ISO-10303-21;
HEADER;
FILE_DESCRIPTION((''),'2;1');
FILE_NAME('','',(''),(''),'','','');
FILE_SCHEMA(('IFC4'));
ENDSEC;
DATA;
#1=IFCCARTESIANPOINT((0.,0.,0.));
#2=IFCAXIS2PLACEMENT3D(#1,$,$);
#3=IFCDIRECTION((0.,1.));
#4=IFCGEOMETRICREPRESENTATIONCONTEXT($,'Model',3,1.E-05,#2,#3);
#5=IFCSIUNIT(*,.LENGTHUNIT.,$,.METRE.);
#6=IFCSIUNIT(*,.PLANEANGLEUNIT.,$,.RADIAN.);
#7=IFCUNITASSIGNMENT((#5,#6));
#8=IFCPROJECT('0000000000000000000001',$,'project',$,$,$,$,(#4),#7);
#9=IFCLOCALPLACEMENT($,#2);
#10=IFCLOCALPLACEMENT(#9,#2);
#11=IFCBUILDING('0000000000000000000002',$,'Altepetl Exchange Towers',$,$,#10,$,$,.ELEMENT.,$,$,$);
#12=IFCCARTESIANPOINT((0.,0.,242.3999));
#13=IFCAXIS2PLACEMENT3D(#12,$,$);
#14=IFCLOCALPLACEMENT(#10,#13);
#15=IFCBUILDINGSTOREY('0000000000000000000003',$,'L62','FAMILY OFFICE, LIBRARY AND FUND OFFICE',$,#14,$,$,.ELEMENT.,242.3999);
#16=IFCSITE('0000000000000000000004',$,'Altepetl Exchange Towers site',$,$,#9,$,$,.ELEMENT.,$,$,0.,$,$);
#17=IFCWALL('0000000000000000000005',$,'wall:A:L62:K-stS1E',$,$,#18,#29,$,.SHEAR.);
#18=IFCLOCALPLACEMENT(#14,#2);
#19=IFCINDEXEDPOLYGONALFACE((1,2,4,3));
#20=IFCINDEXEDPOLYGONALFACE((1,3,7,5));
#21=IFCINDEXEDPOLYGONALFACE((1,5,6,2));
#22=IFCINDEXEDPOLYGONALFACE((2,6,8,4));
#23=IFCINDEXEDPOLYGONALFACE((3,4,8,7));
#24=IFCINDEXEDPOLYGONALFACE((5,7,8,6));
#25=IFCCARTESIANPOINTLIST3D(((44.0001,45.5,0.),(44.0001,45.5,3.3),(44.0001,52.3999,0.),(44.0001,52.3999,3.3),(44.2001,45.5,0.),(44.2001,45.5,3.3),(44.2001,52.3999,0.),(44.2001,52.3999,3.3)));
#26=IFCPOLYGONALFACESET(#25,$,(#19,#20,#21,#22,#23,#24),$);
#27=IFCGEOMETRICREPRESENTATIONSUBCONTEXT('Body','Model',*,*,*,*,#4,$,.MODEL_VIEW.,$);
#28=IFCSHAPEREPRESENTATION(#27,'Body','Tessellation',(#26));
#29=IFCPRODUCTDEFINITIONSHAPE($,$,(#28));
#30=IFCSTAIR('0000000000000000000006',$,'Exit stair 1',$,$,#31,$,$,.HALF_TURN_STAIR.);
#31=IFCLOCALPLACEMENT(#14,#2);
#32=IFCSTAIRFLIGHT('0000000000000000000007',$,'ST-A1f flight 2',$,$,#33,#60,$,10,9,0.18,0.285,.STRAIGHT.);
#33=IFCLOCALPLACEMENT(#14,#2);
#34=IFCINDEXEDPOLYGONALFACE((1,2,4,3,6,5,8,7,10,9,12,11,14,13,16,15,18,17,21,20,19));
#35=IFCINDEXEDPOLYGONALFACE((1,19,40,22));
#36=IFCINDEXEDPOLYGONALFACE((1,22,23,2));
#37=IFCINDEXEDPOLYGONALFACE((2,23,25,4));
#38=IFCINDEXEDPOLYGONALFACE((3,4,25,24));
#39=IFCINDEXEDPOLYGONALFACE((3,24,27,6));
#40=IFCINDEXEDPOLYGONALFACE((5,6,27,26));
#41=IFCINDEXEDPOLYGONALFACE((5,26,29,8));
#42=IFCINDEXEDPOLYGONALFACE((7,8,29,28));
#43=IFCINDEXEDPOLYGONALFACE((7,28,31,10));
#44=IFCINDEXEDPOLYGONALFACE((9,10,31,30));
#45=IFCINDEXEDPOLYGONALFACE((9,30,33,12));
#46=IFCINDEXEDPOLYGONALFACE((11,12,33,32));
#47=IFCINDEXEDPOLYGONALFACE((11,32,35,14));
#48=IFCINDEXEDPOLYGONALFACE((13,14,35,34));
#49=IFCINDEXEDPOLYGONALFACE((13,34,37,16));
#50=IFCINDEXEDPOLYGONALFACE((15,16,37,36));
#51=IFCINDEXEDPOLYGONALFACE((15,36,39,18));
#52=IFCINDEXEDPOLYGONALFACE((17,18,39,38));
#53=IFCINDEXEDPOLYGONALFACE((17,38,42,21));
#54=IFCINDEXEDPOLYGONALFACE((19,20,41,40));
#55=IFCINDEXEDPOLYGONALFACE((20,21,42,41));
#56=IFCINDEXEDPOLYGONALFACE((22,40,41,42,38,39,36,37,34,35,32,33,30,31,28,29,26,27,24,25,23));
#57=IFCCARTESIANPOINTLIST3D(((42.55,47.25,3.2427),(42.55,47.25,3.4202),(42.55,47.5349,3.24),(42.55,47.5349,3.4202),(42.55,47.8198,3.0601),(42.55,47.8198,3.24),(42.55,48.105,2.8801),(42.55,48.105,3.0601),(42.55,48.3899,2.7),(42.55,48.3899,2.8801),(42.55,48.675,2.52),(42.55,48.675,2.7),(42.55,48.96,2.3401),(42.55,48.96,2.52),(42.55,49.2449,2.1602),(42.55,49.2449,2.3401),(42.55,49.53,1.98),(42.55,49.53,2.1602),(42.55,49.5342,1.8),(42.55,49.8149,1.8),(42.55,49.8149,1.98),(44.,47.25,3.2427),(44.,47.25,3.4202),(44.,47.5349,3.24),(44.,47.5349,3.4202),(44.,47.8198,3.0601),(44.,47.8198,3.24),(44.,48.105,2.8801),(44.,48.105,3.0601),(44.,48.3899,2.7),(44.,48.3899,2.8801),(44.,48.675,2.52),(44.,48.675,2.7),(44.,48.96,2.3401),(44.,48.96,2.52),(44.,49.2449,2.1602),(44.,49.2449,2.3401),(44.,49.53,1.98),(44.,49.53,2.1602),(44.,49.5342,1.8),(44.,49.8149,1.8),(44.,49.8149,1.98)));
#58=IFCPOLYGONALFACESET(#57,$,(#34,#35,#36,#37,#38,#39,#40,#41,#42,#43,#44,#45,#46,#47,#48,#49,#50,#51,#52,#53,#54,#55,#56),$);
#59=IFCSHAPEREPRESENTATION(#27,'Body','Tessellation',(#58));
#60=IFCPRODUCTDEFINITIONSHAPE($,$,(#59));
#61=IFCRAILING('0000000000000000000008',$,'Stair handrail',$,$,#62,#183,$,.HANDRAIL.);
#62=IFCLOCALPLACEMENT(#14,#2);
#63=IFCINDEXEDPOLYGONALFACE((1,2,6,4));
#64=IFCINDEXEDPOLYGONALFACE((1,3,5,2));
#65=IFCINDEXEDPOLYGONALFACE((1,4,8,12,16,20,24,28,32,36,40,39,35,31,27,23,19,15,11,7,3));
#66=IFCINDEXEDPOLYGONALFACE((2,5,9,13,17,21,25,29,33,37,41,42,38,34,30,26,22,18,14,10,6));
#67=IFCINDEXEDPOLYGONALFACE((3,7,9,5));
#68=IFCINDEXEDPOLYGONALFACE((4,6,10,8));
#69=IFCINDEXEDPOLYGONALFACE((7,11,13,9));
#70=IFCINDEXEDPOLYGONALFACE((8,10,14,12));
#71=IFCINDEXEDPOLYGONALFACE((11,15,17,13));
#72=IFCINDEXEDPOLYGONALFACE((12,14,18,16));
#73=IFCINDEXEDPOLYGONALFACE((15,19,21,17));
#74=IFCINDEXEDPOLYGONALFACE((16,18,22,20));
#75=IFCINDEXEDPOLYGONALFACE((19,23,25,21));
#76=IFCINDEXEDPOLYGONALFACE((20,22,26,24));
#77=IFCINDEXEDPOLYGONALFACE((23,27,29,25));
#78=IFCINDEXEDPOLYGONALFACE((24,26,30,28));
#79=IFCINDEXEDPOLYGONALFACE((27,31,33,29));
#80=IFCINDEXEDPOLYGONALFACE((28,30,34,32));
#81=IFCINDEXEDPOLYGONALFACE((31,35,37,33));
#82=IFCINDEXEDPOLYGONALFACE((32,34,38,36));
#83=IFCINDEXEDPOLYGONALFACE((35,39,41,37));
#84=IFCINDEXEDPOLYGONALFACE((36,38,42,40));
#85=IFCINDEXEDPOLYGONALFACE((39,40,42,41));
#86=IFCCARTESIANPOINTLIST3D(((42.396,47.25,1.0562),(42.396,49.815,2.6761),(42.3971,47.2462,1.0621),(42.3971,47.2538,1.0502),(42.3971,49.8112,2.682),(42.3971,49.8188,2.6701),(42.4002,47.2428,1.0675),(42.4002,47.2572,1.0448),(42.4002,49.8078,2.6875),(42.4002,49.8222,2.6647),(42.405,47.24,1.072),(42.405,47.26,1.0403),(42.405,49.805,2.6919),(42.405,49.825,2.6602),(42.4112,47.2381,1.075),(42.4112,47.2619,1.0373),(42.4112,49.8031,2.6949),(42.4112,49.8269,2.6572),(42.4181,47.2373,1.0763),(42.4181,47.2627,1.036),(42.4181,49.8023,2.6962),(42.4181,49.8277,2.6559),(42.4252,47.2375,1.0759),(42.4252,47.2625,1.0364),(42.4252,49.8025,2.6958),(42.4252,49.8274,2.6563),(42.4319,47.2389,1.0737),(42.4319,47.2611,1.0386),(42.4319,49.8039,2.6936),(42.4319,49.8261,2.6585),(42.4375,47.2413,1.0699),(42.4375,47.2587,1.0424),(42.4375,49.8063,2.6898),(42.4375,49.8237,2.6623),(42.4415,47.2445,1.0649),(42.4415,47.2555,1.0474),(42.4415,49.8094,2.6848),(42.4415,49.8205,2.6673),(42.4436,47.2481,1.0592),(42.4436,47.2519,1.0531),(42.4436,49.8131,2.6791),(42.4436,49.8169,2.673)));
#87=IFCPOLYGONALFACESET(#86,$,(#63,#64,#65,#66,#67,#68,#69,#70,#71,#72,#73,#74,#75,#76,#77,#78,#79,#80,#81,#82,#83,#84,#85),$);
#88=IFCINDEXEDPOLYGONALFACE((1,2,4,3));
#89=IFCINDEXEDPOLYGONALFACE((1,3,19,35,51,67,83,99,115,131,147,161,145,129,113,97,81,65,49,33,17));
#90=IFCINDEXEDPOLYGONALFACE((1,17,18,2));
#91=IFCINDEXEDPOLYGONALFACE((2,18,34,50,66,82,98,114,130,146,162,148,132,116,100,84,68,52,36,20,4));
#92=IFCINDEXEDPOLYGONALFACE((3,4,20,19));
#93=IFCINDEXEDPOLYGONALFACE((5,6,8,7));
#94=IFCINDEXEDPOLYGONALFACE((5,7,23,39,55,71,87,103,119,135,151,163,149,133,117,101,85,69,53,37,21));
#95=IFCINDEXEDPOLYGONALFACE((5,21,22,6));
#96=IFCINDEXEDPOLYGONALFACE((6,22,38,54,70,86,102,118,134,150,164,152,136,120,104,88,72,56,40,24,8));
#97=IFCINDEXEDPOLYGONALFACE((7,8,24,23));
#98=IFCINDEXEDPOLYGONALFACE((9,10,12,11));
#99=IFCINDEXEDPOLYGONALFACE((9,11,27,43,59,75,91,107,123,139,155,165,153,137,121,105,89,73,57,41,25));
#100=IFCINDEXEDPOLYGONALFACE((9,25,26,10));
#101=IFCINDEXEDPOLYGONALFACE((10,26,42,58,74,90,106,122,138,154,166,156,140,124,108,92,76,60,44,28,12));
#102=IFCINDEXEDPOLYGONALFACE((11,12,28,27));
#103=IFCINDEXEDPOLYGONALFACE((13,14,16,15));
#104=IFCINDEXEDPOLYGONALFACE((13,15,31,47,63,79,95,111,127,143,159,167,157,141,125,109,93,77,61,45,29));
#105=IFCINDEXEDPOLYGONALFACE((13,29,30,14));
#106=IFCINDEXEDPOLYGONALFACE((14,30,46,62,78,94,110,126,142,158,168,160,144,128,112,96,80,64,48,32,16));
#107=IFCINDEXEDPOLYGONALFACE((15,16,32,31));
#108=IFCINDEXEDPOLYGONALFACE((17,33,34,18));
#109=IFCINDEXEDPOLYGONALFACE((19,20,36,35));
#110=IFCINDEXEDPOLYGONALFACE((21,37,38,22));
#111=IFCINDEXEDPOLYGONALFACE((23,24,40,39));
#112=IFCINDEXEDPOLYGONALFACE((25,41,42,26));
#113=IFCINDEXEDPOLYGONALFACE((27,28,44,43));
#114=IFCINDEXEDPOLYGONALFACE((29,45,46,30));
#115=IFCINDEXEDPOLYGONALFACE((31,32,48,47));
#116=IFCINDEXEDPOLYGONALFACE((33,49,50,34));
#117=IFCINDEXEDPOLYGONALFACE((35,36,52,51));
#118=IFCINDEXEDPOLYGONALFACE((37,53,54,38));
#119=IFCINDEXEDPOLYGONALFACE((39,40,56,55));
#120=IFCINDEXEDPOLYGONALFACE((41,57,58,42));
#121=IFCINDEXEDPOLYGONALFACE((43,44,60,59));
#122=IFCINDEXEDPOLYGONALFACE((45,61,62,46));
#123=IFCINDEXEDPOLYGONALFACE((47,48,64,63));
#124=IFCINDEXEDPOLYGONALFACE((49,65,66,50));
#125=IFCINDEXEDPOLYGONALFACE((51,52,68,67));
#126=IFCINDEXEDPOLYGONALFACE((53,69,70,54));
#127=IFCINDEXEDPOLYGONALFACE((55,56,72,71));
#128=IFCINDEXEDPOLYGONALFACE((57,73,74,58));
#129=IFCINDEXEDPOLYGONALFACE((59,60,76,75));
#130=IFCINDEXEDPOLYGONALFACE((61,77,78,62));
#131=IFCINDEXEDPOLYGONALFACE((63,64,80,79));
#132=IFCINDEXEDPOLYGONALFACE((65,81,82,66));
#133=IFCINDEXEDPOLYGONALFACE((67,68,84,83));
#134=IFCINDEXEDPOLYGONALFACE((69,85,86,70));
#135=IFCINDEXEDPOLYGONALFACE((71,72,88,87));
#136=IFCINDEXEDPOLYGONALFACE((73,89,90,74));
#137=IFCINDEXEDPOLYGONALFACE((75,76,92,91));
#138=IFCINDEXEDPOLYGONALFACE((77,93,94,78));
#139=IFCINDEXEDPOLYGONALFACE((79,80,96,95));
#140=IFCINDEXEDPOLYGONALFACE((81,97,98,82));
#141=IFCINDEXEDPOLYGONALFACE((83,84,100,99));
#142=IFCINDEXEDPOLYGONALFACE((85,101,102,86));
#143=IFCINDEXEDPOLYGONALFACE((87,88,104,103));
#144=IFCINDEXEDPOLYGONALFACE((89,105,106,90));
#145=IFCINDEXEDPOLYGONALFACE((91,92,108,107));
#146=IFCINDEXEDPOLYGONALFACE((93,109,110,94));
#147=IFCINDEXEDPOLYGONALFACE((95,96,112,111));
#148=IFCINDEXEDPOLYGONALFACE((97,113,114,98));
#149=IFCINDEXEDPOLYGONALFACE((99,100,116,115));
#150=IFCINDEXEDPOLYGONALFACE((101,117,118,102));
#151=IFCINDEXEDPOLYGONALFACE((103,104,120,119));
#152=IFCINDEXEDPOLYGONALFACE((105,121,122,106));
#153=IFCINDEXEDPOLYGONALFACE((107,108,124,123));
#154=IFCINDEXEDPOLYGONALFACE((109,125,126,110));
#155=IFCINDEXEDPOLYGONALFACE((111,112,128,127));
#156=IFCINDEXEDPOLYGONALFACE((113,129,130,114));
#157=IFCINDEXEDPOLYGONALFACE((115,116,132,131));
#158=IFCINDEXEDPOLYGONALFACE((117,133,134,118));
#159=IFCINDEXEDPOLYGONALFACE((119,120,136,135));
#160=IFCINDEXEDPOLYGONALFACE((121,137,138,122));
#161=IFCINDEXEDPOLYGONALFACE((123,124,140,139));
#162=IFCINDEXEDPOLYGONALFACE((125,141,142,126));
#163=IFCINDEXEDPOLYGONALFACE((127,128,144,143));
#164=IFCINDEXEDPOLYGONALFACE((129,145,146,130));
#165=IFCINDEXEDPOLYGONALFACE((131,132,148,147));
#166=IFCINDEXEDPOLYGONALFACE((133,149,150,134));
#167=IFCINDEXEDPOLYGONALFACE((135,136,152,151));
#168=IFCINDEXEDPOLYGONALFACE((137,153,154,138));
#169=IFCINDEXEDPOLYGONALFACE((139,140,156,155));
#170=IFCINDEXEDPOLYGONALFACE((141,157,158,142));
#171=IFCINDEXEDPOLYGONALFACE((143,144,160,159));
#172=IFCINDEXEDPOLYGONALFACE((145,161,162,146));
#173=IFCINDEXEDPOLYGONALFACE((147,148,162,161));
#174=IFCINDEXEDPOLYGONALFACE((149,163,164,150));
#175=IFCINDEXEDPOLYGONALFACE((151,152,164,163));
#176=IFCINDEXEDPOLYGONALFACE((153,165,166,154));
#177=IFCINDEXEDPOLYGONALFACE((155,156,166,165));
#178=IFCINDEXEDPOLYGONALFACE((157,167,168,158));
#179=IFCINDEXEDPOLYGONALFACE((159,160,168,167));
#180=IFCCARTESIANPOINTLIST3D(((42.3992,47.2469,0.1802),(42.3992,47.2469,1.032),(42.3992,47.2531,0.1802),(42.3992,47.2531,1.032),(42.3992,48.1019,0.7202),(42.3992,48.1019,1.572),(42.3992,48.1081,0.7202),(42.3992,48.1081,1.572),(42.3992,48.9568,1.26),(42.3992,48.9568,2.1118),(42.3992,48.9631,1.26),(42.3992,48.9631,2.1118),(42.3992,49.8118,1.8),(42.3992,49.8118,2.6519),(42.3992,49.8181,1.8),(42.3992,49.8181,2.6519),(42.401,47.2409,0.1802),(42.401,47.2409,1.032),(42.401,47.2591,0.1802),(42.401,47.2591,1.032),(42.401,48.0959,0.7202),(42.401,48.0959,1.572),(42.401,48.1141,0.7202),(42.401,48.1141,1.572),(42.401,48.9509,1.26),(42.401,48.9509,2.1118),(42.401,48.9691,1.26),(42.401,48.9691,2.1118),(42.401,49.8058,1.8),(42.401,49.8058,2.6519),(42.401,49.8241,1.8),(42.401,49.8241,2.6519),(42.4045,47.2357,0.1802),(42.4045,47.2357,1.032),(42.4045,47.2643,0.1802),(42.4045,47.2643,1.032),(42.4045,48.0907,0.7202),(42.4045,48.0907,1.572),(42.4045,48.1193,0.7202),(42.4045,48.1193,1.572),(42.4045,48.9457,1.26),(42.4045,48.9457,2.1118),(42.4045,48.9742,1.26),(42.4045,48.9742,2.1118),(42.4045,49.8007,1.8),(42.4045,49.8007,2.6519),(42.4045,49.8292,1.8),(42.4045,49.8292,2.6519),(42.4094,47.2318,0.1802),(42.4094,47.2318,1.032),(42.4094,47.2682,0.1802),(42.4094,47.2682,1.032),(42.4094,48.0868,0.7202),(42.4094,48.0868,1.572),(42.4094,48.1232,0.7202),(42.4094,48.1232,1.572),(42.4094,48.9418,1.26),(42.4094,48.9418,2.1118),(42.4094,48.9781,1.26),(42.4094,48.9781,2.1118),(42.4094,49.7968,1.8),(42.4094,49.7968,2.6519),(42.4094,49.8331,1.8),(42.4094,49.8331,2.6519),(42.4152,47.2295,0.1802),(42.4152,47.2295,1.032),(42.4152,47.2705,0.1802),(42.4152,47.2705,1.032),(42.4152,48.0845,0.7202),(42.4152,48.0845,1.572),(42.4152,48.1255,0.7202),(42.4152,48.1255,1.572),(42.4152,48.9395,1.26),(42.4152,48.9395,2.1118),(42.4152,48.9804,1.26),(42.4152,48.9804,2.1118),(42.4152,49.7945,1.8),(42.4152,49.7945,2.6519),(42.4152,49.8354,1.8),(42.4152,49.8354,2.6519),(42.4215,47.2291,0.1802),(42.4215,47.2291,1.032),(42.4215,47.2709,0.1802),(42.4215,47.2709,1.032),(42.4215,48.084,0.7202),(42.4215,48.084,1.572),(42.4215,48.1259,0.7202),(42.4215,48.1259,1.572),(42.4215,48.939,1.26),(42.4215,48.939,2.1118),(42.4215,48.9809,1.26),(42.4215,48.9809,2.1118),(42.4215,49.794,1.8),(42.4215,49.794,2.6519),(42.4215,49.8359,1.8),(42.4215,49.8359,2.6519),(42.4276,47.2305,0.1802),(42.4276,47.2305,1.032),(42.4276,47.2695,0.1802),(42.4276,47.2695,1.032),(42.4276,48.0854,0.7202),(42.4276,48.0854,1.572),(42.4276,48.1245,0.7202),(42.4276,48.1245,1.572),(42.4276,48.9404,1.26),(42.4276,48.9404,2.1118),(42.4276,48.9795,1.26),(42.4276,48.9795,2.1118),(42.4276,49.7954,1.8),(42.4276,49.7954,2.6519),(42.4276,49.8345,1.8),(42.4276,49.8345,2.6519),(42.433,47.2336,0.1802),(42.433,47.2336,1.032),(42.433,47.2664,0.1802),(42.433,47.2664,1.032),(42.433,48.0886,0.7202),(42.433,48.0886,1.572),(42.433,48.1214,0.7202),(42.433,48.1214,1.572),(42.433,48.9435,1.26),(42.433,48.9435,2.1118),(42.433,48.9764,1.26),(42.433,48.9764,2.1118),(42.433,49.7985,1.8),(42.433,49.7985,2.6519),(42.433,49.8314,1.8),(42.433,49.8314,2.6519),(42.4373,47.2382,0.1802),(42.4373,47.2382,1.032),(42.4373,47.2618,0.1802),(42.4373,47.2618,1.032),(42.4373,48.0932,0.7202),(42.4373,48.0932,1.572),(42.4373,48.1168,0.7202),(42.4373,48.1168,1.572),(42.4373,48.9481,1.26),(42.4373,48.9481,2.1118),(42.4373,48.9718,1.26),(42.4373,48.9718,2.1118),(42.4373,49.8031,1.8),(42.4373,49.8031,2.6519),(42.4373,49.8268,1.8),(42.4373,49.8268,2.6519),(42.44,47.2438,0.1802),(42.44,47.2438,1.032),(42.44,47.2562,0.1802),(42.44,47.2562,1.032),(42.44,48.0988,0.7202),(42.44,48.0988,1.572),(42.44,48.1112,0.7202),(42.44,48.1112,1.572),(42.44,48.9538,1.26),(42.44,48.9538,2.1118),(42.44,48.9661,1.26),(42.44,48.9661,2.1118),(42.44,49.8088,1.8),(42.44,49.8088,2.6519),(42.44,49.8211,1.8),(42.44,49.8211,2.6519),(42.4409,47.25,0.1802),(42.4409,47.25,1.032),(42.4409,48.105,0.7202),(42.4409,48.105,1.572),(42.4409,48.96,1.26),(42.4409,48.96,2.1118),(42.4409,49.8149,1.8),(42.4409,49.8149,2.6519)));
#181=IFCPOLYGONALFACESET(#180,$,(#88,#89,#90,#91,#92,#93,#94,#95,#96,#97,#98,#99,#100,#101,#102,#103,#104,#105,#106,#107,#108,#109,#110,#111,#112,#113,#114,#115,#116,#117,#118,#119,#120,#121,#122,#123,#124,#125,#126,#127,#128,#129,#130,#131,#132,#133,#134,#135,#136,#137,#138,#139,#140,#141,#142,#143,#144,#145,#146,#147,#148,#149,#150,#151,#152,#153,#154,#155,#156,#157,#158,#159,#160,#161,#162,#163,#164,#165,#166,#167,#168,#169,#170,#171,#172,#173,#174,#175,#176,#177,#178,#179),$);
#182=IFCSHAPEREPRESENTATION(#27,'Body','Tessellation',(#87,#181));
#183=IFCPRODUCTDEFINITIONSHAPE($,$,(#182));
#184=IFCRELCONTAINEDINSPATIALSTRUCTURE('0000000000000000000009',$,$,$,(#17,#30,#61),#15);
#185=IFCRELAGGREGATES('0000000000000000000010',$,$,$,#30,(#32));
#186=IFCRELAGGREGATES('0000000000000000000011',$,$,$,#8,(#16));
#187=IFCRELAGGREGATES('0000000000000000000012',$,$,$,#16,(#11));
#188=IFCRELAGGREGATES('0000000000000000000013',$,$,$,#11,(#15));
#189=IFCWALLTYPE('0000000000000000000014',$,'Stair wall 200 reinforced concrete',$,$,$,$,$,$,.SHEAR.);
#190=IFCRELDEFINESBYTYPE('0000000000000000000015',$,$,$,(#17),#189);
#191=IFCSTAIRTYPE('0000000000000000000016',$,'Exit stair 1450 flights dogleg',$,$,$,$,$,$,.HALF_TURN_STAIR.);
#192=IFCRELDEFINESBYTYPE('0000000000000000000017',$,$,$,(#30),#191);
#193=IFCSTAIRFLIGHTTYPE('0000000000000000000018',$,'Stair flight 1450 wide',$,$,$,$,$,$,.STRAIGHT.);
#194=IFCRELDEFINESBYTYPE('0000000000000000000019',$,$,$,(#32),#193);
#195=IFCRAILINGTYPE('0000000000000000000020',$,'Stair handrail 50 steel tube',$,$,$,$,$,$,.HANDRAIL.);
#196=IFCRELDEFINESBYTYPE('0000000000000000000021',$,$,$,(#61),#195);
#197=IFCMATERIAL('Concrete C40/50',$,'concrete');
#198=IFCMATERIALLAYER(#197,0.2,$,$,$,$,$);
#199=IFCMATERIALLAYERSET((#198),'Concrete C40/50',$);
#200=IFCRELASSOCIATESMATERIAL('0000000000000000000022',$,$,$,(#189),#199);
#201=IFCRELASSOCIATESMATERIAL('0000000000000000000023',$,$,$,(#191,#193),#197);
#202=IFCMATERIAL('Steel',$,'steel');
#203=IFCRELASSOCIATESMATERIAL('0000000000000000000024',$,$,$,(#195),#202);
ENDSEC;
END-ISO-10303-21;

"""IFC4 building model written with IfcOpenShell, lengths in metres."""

from ifc_helpers import new_model, si_unit, direction, frame, frame_2d, origin, origin_2d, place, context, subcontext, project, spatial, polyline, rectangle, circle, outline, extrude, source, transform, mapped, material, layer, layer_set, type_object, element, aggregate, save


model = new_model("IFC4")

# Units and contexts
model_context = context("Model", 3, precision=1e-05, world=origin(), true_north=direction((0.0, 1.0)))
body_context = subcontext(model_context, "Body", "Model", "MODEL_VIEW")
ifc_project = project(units=[si_unit("LENGTHUNIT", "METRE"), si_unit("PLANEANGLEUNIT", "RADIAN")], contexts=[model_context])

# Site, building, storey
site_placement = place(None, origin())
site = spatial("IfcSite", under=ifc_project, at=site_placement, Name="Altepetl Exchange Towers site", CompositionType="ELEMENT", RefElevation=0.0)
building_placement = place(site_placement, origin())
building = spatial("IfcBuilding", under=site, at=building_placement, Name="Altepetl Exchange Towers", CompositionType="ELEMENT")
storey_placement = place(building_placement, frame((0.0, 0.0, 242.3999)))
storey = spatial("IfcBuildingStorey", under=building, at=storey_placement, Name="L62", Description="FAMILY OFFICE, LIBRARY AND FUND OFFICE", CompositionType="ELEMENT", Elevation=242.3999)

# Wall
ifc_material_1 = material(Name="Concrete C40/50", Category="concrete")
ifc_layer_1 = layer(ifc_material_1, 0.2)
ifc_layer_set_1 = layer_set([ifc_layer_1], Name="Concrete C40/50")
wall_type_1 = type_object("IfcWallType", Name="Stair wall 200 reinforced concrete", PredefinedType="SHEAR", material=ifc_layer_set_1)
wall_1_placement = place(storey_placement, frame((44.1001, 45.5, 0.0), z_axis=(0.0, 0.0, 1.0), x_axis=(0.0, 1.0, 0.0)))
element("IfcWall", 1, at=wall_1_placement, inside=storey, type_object=wall_type_1, Name="wall:A:L62:K-stS1E", PredefinedType="SHEAR", context=body_context, shape_type="SweptSolid", body=[
    extrude(rectangle(XDim=6.8999, YDim=0.2, at=frame_2d((3.45, 0.0))), origin(), (0.0, 0.0, 1.0), 3.3),
])

# Stair, stair flight
stair_type = type_object("IfcStairType", Name="Exit stair 1450 flights dogleg", PredefinedType="HALF_TURN_STAIR", material=ifc_material_1)
stair_placement = place(storey_placement, origin())
stair = element("IfcStair", 2, at=stair_placement, inside=storey, type_object=stair_type, Name="Exit stair 1", PredefinedType="HALF_TURN_STAIR")
stair_flight_type = type_object("IfcStairFlightType", Name="Stair flight 1450 wide", PredefinedType="STRAIGHT", material=ifc_material_1)
stair_flight_placement = place(storey_placement, frame((43.2749, 49.8149, 1.8), z_axis=(0.0, 0.0, 1.0), x_axis=(0.0, -1.0, 0.0)))
stair_flight = element("IfcStairFlight", 3, at=stair_flight_placement, type_object=stair_flight_type, Name="ST-A1f flight 2", NumberOfRisers=10, NumberOfTreads=9, PredefinedType="STRAIGHT", RiserHeight=0.18, TreadLength=0.285, context=body_context, shape_type="SweptSolid", body=[
    extrude(outline(polyline([(0.0, 0.0), (0.0, 0.1799), (0.2849, 0.1799), (0.2849, 0.3601), (0.5701, 0.3601), (0.5701, 0.54), (0.855, 0.54), (0.855, 0.72), (1.1399, 0.72), (1.1399, 0.8999), (1.425, 0.8999), (1.425, 1.0801), (1.71, 1.0801), (1.71, 1.26), (1.9951, 1.26), (1.9951, 1.4399), (2.28, 1.4399), (2.28, 1.6201), (2.5649, 1.6201), (2.5649, 1.8), (2.5649, 1.4426), (0.2808, 0.0), (0.0, 0.0)])), frame((0.0, 0.7251, 0.0), z_axis=(0.0, -1.0, 0.0), x_axis=(1.0, 0.0, 0.0)), (0.0, 0.0, 1.0), 1.45),
])
aggregate(stair, [stair_flight])

# Railing
ifc_material_2 = material(Name="Steel", Category="steel")
railing_type = type_object("IfcRailingType", Name="Stair handrail 50 steel tube", PredefinedType="HANDRAIL", material=ifc_material_2)
shared_shape = source(origin(), body_context, "Body", "SweptSolid", [
    extrude(circle(Radius=0.021, at=origin_2d()), origin(), (0.0, 0.0, 1.0), 0.8518),
])
railing_1_placement = place(storey_placement, frame((42.4199, 47.25, 0.1802)))
element("IfcRailing", 4, at=railing_1_placement, inside=storey, type_object=railing_type, Name="Stair handrail", PredefinedType="HANDRAIL", context=body_context, shape_type="SweptSolid", body=[
    extrude(circle(Radius=0.0239, at=origin_2d()), frame((0.0, 0.0, 0.876), z_axis=(0.0, 0.845502, 0.533972), x_axis=(-1.0, 0.0, 0.0)), (0.0, 0.0, 1.0), 3.0337),
    mapped(shared_shape, transform((0.0, 0.0, 0.0))),
    mapped(shared_shape, transform((0.0, 0.855, 0.54))),
    mapped(shared_shape, transform((0.0, 1.71, 1.0798))),
    mapped(shared_shape, transform((0.0, 2.5649, 1.6199))),
])

save(model, "model.ifc")
